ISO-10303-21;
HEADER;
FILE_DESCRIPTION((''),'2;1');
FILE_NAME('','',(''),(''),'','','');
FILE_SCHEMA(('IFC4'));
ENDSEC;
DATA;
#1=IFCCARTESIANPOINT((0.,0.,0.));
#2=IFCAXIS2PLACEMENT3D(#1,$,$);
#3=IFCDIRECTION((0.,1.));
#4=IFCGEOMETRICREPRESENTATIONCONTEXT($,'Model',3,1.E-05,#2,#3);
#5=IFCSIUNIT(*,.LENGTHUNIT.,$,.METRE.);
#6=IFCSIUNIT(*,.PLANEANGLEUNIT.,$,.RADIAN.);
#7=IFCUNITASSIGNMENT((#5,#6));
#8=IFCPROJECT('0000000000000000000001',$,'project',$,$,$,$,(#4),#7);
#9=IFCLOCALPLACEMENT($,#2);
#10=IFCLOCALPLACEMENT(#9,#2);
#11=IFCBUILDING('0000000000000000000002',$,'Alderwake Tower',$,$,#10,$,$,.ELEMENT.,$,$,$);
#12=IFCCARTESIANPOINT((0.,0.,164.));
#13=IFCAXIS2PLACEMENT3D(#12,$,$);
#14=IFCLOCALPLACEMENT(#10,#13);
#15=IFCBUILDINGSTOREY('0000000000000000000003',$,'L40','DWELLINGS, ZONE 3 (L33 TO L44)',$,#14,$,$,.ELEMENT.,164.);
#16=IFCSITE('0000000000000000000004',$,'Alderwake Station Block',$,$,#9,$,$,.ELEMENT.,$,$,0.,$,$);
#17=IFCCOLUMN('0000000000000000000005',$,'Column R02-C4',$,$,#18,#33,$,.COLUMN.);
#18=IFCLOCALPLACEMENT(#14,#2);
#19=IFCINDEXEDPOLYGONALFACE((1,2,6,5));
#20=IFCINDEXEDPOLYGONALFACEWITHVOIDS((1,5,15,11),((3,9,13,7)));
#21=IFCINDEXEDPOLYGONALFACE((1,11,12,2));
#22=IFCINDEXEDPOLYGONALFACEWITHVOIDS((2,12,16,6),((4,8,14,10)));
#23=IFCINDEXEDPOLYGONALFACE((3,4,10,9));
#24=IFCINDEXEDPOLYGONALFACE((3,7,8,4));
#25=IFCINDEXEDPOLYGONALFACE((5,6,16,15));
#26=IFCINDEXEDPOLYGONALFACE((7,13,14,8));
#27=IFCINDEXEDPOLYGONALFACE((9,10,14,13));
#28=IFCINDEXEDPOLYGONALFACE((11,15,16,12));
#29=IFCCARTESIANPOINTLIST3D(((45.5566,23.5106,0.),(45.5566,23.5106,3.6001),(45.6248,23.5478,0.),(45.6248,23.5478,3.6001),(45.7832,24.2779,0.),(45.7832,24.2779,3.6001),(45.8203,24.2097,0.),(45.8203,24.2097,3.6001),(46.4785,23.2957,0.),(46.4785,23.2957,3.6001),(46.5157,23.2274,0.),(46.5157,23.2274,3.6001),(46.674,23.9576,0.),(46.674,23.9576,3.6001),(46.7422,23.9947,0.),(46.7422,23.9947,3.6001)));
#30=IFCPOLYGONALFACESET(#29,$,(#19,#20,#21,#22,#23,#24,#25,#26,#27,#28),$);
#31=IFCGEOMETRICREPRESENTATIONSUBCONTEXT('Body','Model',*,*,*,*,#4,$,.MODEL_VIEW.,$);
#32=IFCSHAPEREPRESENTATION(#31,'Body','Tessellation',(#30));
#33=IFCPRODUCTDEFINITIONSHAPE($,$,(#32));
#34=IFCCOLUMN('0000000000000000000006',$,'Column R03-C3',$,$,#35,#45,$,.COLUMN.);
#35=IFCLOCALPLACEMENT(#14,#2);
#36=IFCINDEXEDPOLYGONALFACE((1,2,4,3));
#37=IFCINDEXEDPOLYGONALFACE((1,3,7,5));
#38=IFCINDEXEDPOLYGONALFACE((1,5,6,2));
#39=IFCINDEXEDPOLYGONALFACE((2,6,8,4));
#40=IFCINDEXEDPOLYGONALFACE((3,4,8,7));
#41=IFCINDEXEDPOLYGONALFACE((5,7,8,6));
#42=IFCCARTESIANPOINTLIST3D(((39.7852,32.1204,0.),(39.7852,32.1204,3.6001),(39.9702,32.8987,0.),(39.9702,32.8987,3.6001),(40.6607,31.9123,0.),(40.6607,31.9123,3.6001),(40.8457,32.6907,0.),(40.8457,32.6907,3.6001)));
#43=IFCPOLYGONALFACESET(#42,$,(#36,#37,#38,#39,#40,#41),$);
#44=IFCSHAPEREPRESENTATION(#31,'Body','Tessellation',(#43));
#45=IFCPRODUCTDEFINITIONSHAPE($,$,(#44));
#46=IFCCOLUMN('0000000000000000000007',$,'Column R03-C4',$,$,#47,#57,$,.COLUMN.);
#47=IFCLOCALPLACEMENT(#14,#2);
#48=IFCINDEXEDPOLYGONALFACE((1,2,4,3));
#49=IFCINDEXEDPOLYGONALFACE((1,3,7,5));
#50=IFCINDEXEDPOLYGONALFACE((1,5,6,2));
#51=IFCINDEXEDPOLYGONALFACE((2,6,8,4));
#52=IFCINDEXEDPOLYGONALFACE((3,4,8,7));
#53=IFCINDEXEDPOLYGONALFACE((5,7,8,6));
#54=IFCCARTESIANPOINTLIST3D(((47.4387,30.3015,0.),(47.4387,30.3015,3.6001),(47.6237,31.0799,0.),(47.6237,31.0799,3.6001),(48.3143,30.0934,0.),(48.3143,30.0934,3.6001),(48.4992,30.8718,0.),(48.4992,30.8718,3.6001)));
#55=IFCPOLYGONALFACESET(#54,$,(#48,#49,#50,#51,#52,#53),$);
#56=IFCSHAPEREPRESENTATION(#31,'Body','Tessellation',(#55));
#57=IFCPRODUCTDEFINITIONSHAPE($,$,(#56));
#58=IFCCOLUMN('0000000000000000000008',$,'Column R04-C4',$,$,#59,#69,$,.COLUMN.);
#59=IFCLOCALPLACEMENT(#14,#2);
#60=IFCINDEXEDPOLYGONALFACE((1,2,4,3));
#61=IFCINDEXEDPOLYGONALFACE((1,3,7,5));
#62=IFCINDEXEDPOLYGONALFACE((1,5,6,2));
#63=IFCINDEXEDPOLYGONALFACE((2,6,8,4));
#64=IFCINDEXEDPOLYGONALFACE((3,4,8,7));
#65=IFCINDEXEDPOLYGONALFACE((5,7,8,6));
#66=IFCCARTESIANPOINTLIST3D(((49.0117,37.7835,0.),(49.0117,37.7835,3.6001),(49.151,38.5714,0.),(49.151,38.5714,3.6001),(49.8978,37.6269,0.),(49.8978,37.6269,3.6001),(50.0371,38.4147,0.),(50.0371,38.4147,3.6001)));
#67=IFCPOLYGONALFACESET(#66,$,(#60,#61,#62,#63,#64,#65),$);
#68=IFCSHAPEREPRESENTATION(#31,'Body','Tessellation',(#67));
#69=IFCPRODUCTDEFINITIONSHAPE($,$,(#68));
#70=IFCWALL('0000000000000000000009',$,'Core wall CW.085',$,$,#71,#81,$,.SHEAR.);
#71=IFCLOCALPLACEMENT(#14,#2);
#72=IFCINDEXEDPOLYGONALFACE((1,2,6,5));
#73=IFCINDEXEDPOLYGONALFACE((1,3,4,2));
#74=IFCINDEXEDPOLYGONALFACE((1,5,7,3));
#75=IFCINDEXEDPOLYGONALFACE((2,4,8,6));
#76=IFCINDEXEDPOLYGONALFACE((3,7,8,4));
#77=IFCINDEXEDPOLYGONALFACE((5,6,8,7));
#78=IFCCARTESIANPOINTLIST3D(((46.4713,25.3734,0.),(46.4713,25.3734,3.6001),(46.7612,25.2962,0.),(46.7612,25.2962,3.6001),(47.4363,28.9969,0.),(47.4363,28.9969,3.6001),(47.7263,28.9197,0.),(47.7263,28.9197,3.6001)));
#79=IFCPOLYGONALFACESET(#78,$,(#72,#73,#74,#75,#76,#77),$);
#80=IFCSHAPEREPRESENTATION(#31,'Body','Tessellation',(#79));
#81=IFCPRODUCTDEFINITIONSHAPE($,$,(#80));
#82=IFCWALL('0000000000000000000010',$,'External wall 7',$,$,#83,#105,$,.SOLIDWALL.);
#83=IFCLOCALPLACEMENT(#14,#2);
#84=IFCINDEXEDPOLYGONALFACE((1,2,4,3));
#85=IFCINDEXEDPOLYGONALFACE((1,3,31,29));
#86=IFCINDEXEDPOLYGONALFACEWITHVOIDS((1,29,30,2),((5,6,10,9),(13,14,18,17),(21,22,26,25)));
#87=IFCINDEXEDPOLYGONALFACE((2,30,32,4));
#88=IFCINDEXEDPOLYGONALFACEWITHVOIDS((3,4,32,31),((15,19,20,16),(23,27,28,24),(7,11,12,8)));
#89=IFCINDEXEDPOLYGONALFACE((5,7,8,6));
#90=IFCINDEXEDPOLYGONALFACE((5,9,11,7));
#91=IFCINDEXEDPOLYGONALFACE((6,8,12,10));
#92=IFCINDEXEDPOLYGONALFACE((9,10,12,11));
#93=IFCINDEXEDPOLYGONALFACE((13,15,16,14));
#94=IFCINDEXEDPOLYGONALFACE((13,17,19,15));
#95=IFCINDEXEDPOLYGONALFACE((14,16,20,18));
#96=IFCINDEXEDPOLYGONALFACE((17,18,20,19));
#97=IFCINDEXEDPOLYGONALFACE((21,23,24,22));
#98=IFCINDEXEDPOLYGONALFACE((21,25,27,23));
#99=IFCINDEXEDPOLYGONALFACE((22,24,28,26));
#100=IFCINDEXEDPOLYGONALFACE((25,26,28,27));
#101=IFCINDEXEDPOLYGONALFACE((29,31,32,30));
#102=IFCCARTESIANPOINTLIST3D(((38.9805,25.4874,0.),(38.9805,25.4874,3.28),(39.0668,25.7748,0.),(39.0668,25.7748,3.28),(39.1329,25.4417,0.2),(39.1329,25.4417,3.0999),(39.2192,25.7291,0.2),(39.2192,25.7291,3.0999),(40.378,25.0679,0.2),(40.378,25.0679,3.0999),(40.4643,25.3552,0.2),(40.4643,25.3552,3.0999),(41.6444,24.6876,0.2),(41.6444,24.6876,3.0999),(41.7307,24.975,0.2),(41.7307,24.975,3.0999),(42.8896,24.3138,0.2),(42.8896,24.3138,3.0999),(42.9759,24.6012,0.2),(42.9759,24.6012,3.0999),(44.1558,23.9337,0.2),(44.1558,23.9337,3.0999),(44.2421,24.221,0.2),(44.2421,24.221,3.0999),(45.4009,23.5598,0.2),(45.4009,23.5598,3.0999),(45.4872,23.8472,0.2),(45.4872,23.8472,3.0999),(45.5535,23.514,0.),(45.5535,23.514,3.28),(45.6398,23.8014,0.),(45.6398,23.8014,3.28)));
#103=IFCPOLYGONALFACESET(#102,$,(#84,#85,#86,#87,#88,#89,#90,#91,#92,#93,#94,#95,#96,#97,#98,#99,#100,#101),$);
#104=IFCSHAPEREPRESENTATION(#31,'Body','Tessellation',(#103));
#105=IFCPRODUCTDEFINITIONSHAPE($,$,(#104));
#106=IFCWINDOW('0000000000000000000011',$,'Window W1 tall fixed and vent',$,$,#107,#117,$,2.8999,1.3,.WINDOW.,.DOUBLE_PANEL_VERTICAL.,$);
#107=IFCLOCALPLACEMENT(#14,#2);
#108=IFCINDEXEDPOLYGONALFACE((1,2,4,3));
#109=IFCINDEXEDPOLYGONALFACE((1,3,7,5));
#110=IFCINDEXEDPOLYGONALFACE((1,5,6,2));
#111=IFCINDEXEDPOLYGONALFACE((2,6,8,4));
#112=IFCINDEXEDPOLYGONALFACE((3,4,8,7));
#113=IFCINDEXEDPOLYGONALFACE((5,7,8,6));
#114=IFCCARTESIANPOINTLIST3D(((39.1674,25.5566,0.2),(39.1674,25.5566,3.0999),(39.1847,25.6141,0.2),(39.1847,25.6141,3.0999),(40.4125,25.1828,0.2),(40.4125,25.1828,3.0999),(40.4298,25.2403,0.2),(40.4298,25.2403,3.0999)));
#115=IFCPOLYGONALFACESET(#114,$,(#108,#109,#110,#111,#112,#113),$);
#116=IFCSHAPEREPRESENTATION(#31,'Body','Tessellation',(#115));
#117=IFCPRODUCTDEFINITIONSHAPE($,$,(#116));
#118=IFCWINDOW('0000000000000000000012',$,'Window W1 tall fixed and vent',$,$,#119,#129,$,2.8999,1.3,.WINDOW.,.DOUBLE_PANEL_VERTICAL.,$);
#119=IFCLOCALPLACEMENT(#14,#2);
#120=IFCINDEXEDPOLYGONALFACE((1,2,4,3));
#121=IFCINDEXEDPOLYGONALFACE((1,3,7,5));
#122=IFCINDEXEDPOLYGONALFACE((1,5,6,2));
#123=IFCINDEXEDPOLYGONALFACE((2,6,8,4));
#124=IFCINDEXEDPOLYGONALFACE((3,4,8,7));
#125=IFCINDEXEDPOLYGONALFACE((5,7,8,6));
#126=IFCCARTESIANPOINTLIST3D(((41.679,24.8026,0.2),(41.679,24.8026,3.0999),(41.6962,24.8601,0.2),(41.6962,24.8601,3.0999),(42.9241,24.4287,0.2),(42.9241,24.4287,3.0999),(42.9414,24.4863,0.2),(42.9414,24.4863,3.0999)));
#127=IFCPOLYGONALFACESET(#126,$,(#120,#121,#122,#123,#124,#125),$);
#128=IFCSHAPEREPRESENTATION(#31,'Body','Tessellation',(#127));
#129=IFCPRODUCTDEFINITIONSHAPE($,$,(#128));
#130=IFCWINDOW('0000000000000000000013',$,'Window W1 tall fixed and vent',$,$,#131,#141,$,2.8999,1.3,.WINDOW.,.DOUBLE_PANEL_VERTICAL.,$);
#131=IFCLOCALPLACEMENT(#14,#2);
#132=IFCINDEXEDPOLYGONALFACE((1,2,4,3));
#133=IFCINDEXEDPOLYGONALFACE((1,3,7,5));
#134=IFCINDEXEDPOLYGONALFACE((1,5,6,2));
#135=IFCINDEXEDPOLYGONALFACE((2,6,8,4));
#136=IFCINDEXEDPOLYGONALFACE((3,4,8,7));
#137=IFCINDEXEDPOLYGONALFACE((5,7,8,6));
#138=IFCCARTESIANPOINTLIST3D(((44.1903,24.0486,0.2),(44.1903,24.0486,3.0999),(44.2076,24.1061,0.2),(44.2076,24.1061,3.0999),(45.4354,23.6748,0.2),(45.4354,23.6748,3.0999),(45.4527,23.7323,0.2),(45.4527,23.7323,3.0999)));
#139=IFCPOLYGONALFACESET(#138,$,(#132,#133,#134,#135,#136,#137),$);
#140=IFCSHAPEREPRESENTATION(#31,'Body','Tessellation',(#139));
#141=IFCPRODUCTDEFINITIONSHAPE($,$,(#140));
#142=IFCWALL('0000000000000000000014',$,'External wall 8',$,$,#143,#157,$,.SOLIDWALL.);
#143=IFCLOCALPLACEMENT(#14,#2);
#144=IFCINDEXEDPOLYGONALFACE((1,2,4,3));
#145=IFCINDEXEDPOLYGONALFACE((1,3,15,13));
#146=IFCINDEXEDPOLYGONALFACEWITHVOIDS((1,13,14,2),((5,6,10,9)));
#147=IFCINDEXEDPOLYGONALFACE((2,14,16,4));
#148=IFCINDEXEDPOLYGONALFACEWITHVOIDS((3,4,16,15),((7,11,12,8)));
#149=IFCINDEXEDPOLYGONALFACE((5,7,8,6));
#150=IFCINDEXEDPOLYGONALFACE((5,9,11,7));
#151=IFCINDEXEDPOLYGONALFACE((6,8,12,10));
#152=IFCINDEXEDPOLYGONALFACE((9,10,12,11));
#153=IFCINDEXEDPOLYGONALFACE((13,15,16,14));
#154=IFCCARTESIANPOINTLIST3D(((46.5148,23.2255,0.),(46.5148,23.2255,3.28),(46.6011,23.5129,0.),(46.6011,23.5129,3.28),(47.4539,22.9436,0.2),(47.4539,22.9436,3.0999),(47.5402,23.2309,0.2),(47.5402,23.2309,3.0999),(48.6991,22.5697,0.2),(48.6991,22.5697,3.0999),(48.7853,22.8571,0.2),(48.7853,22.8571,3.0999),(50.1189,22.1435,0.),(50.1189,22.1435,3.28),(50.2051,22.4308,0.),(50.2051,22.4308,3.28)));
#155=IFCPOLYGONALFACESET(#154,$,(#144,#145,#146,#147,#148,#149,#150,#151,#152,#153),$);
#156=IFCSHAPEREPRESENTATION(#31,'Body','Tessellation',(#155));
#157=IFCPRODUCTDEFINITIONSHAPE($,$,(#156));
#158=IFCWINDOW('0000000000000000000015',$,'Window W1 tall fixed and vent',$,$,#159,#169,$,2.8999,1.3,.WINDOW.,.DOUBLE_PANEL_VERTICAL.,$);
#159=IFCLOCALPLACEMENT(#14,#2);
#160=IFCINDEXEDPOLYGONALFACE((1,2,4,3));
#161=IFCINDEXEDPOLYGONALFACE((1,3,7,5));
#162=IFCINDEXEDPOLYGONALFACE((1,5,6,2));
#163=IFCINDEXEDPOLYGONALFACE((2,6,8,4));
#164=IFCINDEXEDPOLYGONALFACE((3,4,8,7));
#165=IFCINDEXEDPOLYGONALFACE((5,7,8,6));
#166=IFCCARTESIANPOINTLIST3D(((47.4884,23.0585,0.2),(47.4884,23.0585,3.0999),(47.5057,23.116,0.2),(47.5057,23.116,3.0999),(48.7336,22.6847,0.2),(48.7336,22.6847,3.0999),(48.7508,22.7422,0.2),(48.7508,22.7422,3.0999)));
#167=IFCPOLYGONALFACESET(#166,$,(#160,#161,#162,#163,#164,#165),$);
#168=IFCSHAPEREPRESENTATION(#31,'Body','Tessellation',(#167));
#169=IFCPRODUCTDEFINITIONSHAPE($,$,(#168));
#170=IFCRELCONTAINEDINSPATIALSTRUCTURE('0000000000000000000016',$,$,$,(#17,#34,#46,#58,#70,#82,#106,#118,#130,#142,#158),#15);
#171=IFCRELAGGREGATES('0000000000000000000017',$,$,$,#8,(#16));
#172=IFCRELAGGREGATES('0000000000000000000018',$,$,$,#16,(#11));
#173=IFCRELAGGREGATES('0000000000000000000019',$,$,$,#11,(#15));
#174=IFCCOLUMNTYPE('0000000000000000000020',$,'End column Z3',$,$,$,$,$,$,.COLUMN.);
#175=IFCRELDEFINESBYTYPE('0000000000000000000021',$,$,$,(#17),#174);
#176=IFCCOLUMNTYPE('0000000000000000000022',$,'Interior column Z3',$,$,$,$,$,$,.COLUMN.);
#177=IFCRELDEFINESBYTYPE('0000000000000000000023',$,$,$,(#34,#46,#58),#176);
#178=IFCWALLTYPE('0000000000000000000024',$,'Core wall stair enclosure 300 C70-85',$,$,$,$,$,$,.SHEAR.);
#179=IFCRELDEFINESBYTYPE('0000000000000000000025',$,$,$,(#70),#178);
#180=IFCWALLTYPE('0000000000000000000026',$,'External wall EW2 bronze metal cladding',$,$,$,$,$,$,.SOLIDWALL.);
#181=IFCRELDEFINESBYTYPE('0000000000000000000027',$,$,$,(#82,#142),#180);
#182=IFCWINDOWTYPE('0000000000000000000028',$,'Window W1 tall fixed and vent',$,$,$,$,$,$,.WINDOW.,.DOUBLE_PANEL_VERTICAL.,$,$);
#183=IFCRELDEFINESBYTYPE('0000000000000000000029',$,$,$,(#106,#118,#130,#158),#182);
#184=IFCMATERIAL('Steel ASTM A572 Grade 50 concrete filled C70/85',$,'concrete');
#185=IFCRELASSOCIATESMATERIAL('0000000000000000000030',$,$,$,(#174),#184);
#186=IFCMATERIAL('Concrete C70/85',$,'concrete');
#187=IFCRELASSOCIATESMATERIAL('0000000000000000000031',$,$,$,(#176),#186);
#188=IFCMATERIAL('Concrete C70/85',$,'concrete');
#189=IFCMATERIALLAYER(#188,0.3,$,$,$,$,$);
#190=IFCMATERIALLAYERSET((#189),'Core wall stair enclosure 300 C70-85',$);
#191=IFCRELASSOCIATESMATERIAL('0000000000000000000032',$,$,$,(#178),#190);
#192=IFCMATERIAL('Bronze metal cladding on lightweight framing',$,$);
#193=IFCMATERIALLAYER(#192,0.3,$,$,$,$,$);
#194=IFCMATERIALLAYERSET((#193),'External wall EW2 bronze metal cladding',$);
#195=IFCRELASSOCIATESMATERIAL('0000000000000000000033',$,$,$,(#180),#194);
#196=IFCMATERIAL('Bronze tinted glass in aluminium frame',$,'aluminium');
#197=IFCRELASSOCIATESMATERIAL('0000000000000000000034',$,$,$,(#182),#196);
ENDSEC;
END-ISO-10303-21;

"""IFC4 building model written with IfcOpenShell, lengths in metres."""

from ifc_helpers import new_model, si_unit, direction, frame, frame_2d, origin, origin_2d, place, context, subcontext, project, spatial, rectangle, hollow_rectangle, extrude, material, layer, layer_set, material_profile, profile_set, type_object, element, fill, save


model = new_model("IFC4")

# Units and contexts
model_context = context("Model", 3, precision=1e-05, world=origin(), true_north=direction((0.0, 1.0)))
body_context = subcontext(model_context, "Body", "Model", "MODEL_VIEW")
ifc_project = project(units=[si_unit("LENGTHUNIT", "METRE"), si_unit("PLANEANGLEUNIT", "RADIAN")], contexts=[model_context])

# Site, building, storey
site_placement = place(None, origin())
site = spatial("IfcSite", under=ifc_project, at=site_placement, Name="Alderwake Station Block", CompositionType="ELEMENT", RefElevation=0.0)
building_placement = place(site_placement, origin())
building = spatial("IfcBuilding", under=site, at=building_placement, Name="Alderwake Tower", CompositionType="ELEMENT")
storey_placement = place(building_placement, frame((0.0, 0.0, 164.0)))
storey = spatial("IfcBuildingStorey", under=building, at=storey_placement, Name="L40", Description="DWELLINGS, ZONE 3 (L33 TO L44)", CompositionType="ELEMENT", Elevation=164.0)

# Columns
ifc_material_1 = material(Name="Steel ASTM A572 Grade 50 concrete filled C70/85", Category="concrete")
ifc_material_profile_1 = material_profile(ifc_material_1, hollow_rectangle(XDim=0.8, YDim=1.0, WallThickness=0.0549, at=origin_2d()), Name="BOX 1000X800X55")
ifc_profile_set_1 = profile_set([ifc_material_profile_1], Name="Steel ASTM A572 Grade 50 concrete filled C70/85")
column_type_1 = type_object("IfcColumnType", Name="End column Z3", PredefinedType="COLUMN", material=ifc_profile_set_1)
column_placement = place(storey_placement, frame((46.1494, 23.7527, 0.0), z_axis=(0.0, 0.0, 1.0), x_axis=(0.283177, 0.959068, 0.0)))
element("IfcColumn", 1, at=column_placement, inside=storey, type_object=column_type_1, Name="Column R02-C4", PredefinedType="COLUMN", context=body_context, shape_type="SweptSolid", body=[
    extrude(hollow_rectangle(XDim=0.8, YDim=1.0, WallThickness=0.0549, at=origin_2d()), origin(), (0.0, 0.0, 1.0), 3.6001),
])
ifc_material_2 = material(Name="Concrete C70/85", Category="concrete")
ifc_material_profile_2 = material_profile(ifc_material_2, rectangle(XDim=0.8, YDim=0.8999, at=origin_2d()), Name="RC 900X800")
ifc_profile_set_2 = profile_set([ifc_material_profile_2], Name="Concrete C70/85")
column_type_2 = type_object("IfcColumnType", Name="Interior column Z3", PredefinedType="COLUMN", material=ifc_profile_set_2)
for number, where, z_axis, x_axis, name in (
    (2, (40.3154, 32.4055, 0.0), (0.0, 0.0, 1.0), (0.231222, 0.972901, 0.0), "Column R03-C3"),
    (3, (47.969, 30.5867, 0.0), (0.0, 0.0, 1.0), (0.231222, 0.972901, 0.0), "Column R03-C4"),
    (4, (49.5244, 38.0991, 0.0), (0.0, 0.0, 1.0), (0.174109, 0.984726, 0.0), "Column R04-C4"),
):
    element("IfcColumn", number, at=place(storey_placement, frame(where, z_axis=z_axis, x_axis=x_axis)), inside=storey, type_object=column_type_2, Name=name, PredefinedType="COLUMN", context=body_context, shape_type="SweptSolid", body=[
        extrude(rectangle(XDim=0.8, YDim=0.8999, at=origin_2d()), origin(), (0.0, 0.0, 1.0), 3.6001),
    ])

# Wall
ifc_material_3 = material(Name="Concrete C70/85", Category="concrete")
ifc_layer_1 = layer(ifc_material_3, 0.3)
ifc_layer_set_1 = layer_set([ifc_layer_1], Name="Core wall stair enclosure 300 C70-85")
wall_type_1 = type_object("IfcWallType", Name="Core wall stair enclosure 300 C70-85", PredefinedType="SHEAR", material=ifc_layer_set_1)
wall_1_placement = place(storey_placement, frame((46.6162, 25.3347, 0.0), z_axis=(0.0, 0.0, 1.0), x_axis=(0.257367, 0.966314, 0.0)))
element("IfcWall", 5, at=wall_1_placement, inside=storey, type_object=wall_type_1, Name="Core wall CW.085", PredefinedType="SHEAR", context=body_context, shape_type="SweptSolid", body=[
    extrude(rectangle(XDim=3.7498, YDim=0.3, at=frame_2d((1.875, 0.0))), origin(), (0.0, 0.0, 1.0), 3.6001),
])

# Wall, openings, windows
ifc_material_4 = material(Name="Bronze metal cladding on lightweight framing")
ifc_layer_2 = layer(ifc_material_4, 0.3)
ifc_layer_set_2 = layer_set([ifc_layer_2], Name="External wall EW2 bronze metal cladding")
wall_type_2 = type_object("IfcWallType", Name="External wall EW2 bronze metal cladding", PredefinedType="SOLIDWALL", material=ifc_layer_set_2)
wall_2_placement = place(storey_placement, frame((39.0237, 25.6311, 0.0), z_axis=(0.0, 0.0, 1.0), x_axis=(0.957767, -0.287547, 0.0)))
wall_2 = element("IfcWall", 6, at=wall_2_placement, inside=storey, type_object=wall_type_2, Name="External wall 7", PredefinedType="SOLIDWALL", context=body_context, shape_type="SweptSolid", body=[
    extrude(rectangle(XDim=6.8628, YDim=0.3, at=frame_2d((3.4314, 0.0))), origin(), (0.0, 0.0, 1.0), 3.28),
])
opening_1_placement = place(wall_2_placement, frame((0.1592, 0.0, 0.2)))
opening_1 = element("IfcOpeningElement", 7, at=opening_1_placement, cuts=wall_2, PredefinedType="OPENING", context=body_context, shape_type="SweptSolid", body=[
    extrude(rectangle(XDim=1.3, YDim=2.8999, at=frame_2d((0.6499, 1.45))), frame((0.0, 0.1599, 0.0), z_axis=(0.0, -1.0, 0.0), x_axis=(1.0, 0.0, 0.0)), (0.0, 0.0, 1.0), 0.3201),
])
opening_2_placement = place(wall_2_placement, frame((2.7815, 0.0, 0.2)))
opening_2 = element("IfcOpeningElement", 8, at=opening_2_placement, cuts=wall_2, PredefinedType="OPENING", context=body_context, shape_type="SweptSolid", body=[
    extrude(rectangle(XDim=1.3, YDim=2.8999, at=frame_2d((0.6499, 1.45))), frame((0.0, 0.1599, 0.0), z_axis=(0.0, -1.0, 0.0), x_axis=(1.0, 0.0, 0.0)), (0.0, 0.0, 1.0), 0.3201),
])
opening_3_placement = place(wall_2_placement, frame((5.4036, 0.0, 0.2)))
opening_3 = element("IfcOpeningElement", 9, at=opening_3_placement, cuts=wall_2, PredefinedType="OPENING", context=body_context, shape_type="SweptSolid", body=[
    extrude(rectangle(XDim=1.3, YDim=2.8999, at=frame_2d((0.6499, 1.45))), frame((0.0, 0.1599, 0.0), z_axis=(0.0, -1.0, 0.0), x_axis=(1.0, 0.0, 0.0)), (0.0, 0.0, 1.0), 0.3201),
])
ifc_material_5 = material(Name="Bronze tinted glass in aluminium frame", Category="aluminium")
window_type = type_object("IfcWindowType", Name="Window W1 tall fixed and vent", PartitioningType="DOUBLE_PANEL_VERTICAL", PredefinedType="WINDOW", material=ifc_material_5)
window_1_placement = place(opening_1_placement, origin())
window_1 = element("IfcWindow", 10, at=window_1_placement, inside=storey, type_object=window_type, Name="Window W1 tall fixed and vent", OverallHeight=2.8999, OverallWidth=1.3, PartitioningType="DOUBLE_PANEL_VERTICAL", PredefinedType="WINDOW", context=body_context, shape_type="SweptSolid", body=[
    extrude(rectangle(XDim=1.3, YDim=2.8999, at=frame_2d((0.6499, 1.45))), frame((0.0, 0.03, 0.0), z_axis=(0.0, -1.0, 0.0), x_axis=(1.0, 0.0, 0.0)), (0.0, 0.0, 1.0), 0.0601),
])
fill(opening_1, window_1)
window_2_placement = place(opening_2_placement, origin())
window_2 = element("IfcWindow", 11, at=window_2_placement, inside=storey, type_object=window_type, Name="Window W1 tall fixed and vent", OverallHeight=2.8999, OverallWidth=1.3, PartitioningType="DOUBLE_PANEL_VERTICAL", PredefinedType="WINDOW", context=body_context, shape_type="SweptSolid", body=[
    extrude(rectangle(XDim=1.3, YDim=2.8999, at=frame_2d((0.6499, 1.45))), frame((0.0, 0.03, 0.0), z_axis=(0.0, -1.0, 0.0), x_axis=(1.0, 0.0, 0.0)), (0.0, 0.0, 1.0), 0.0601),
])
fill(opening_2, window_2)
window_3_placement = place(opening_3_placement, origin())
window_3 = element("IfcWindow", 12, at=window_3_placement, inside=storey, type_object=window_type, Name="Window W1 tall fixed and vent", OverallHeight=2.8999, OverallWidth=1.3, PartitioningType="DOUBLE_PANEL_VERTICAL", PredefinedType="WINDOW", context=body_context, shape_type="SweptSolid", body=[
    extrude(rectangle(XDim=1.3, YDim=2.8999, at=frame_2d((0.6499, 1.45))), frame((0.0, 0.03, 0.0), z_axis=(0.0, -1.0, 0.0), x_axis=(1.0, 0.0, 0.0)), (0.0, 0.0, 1.0), 0.0601),
])
fill(opening_3, window_3)

# Wall, opening, window
wall_3_placement = place(storey_placement, frame((46.5581, 23.3691, 0.0), z_axis=(0.0, 0.0, 1.0), x_axis=(0.957766, -0.28755, 0.0)))
wall_3 = element("IfcWall", 13, at=wall_3_placement, inside=storey, type_object=wall_type_2, Name="External wall 8", PredefinedType="SOLIDWALL", context=body_context, shape_type="SweptSolid", body=[
    extrude(rectangle(XDim=3.7629, YDim=0.3, at=frame_2d((1.8813, 0.0))), origin(), (0.0, 0.0, 1.0), 3.28),
])
opening_4_placement = place(wall_3_placement, frame((0.9805, 0.0, 0.2)))
opening_4 = element("IfcOpeningElement", 14, at=opening_4_placement, cuts=wall_3, PredefinedType="OPENING", context=body_context, shape_type="SweptSolid", body=[
    extrude(rectangle(XDim=1.3, YDim=2.8999, at=frame_2d((0.6499, 1.45))), frame((0.0, 0.1599, 0.0), z_axis=(0.0, -1.0, 0.0), x_axis=(1.0, 0.0, 0.0)), (0.0, 0.0, 1.0), 0.3201),
])
window_4_placement = place(opening_4_placement, origin())
window_4 = element("IfcWindow", 15, at=window_4_placement, inside=storey, type_object=window_type, Name="Window W1 tall fixed and vent", OverallHeight=2.8999, OverallWidth=1.3, PartitioningType="DOUBLE_PANEL_VERTICAL", PredefinedType="WINDOW", context=body_context, shape_type="SweptSolid", body=[
    extrude(rectangle(XDim=1.3, YDim=2.8999, at=frame_2d((0.6499, 1.45))), frame((0.0, 0.03, 0.0), z_axis=(0.0, -1.0, 0.0), x_axis=(1.0, 0.0, 0.0)), (0.0, 0.0, 1.0), 0.0601),
])
fill(opening_4, window_4)

save(model, "model.ifc")
